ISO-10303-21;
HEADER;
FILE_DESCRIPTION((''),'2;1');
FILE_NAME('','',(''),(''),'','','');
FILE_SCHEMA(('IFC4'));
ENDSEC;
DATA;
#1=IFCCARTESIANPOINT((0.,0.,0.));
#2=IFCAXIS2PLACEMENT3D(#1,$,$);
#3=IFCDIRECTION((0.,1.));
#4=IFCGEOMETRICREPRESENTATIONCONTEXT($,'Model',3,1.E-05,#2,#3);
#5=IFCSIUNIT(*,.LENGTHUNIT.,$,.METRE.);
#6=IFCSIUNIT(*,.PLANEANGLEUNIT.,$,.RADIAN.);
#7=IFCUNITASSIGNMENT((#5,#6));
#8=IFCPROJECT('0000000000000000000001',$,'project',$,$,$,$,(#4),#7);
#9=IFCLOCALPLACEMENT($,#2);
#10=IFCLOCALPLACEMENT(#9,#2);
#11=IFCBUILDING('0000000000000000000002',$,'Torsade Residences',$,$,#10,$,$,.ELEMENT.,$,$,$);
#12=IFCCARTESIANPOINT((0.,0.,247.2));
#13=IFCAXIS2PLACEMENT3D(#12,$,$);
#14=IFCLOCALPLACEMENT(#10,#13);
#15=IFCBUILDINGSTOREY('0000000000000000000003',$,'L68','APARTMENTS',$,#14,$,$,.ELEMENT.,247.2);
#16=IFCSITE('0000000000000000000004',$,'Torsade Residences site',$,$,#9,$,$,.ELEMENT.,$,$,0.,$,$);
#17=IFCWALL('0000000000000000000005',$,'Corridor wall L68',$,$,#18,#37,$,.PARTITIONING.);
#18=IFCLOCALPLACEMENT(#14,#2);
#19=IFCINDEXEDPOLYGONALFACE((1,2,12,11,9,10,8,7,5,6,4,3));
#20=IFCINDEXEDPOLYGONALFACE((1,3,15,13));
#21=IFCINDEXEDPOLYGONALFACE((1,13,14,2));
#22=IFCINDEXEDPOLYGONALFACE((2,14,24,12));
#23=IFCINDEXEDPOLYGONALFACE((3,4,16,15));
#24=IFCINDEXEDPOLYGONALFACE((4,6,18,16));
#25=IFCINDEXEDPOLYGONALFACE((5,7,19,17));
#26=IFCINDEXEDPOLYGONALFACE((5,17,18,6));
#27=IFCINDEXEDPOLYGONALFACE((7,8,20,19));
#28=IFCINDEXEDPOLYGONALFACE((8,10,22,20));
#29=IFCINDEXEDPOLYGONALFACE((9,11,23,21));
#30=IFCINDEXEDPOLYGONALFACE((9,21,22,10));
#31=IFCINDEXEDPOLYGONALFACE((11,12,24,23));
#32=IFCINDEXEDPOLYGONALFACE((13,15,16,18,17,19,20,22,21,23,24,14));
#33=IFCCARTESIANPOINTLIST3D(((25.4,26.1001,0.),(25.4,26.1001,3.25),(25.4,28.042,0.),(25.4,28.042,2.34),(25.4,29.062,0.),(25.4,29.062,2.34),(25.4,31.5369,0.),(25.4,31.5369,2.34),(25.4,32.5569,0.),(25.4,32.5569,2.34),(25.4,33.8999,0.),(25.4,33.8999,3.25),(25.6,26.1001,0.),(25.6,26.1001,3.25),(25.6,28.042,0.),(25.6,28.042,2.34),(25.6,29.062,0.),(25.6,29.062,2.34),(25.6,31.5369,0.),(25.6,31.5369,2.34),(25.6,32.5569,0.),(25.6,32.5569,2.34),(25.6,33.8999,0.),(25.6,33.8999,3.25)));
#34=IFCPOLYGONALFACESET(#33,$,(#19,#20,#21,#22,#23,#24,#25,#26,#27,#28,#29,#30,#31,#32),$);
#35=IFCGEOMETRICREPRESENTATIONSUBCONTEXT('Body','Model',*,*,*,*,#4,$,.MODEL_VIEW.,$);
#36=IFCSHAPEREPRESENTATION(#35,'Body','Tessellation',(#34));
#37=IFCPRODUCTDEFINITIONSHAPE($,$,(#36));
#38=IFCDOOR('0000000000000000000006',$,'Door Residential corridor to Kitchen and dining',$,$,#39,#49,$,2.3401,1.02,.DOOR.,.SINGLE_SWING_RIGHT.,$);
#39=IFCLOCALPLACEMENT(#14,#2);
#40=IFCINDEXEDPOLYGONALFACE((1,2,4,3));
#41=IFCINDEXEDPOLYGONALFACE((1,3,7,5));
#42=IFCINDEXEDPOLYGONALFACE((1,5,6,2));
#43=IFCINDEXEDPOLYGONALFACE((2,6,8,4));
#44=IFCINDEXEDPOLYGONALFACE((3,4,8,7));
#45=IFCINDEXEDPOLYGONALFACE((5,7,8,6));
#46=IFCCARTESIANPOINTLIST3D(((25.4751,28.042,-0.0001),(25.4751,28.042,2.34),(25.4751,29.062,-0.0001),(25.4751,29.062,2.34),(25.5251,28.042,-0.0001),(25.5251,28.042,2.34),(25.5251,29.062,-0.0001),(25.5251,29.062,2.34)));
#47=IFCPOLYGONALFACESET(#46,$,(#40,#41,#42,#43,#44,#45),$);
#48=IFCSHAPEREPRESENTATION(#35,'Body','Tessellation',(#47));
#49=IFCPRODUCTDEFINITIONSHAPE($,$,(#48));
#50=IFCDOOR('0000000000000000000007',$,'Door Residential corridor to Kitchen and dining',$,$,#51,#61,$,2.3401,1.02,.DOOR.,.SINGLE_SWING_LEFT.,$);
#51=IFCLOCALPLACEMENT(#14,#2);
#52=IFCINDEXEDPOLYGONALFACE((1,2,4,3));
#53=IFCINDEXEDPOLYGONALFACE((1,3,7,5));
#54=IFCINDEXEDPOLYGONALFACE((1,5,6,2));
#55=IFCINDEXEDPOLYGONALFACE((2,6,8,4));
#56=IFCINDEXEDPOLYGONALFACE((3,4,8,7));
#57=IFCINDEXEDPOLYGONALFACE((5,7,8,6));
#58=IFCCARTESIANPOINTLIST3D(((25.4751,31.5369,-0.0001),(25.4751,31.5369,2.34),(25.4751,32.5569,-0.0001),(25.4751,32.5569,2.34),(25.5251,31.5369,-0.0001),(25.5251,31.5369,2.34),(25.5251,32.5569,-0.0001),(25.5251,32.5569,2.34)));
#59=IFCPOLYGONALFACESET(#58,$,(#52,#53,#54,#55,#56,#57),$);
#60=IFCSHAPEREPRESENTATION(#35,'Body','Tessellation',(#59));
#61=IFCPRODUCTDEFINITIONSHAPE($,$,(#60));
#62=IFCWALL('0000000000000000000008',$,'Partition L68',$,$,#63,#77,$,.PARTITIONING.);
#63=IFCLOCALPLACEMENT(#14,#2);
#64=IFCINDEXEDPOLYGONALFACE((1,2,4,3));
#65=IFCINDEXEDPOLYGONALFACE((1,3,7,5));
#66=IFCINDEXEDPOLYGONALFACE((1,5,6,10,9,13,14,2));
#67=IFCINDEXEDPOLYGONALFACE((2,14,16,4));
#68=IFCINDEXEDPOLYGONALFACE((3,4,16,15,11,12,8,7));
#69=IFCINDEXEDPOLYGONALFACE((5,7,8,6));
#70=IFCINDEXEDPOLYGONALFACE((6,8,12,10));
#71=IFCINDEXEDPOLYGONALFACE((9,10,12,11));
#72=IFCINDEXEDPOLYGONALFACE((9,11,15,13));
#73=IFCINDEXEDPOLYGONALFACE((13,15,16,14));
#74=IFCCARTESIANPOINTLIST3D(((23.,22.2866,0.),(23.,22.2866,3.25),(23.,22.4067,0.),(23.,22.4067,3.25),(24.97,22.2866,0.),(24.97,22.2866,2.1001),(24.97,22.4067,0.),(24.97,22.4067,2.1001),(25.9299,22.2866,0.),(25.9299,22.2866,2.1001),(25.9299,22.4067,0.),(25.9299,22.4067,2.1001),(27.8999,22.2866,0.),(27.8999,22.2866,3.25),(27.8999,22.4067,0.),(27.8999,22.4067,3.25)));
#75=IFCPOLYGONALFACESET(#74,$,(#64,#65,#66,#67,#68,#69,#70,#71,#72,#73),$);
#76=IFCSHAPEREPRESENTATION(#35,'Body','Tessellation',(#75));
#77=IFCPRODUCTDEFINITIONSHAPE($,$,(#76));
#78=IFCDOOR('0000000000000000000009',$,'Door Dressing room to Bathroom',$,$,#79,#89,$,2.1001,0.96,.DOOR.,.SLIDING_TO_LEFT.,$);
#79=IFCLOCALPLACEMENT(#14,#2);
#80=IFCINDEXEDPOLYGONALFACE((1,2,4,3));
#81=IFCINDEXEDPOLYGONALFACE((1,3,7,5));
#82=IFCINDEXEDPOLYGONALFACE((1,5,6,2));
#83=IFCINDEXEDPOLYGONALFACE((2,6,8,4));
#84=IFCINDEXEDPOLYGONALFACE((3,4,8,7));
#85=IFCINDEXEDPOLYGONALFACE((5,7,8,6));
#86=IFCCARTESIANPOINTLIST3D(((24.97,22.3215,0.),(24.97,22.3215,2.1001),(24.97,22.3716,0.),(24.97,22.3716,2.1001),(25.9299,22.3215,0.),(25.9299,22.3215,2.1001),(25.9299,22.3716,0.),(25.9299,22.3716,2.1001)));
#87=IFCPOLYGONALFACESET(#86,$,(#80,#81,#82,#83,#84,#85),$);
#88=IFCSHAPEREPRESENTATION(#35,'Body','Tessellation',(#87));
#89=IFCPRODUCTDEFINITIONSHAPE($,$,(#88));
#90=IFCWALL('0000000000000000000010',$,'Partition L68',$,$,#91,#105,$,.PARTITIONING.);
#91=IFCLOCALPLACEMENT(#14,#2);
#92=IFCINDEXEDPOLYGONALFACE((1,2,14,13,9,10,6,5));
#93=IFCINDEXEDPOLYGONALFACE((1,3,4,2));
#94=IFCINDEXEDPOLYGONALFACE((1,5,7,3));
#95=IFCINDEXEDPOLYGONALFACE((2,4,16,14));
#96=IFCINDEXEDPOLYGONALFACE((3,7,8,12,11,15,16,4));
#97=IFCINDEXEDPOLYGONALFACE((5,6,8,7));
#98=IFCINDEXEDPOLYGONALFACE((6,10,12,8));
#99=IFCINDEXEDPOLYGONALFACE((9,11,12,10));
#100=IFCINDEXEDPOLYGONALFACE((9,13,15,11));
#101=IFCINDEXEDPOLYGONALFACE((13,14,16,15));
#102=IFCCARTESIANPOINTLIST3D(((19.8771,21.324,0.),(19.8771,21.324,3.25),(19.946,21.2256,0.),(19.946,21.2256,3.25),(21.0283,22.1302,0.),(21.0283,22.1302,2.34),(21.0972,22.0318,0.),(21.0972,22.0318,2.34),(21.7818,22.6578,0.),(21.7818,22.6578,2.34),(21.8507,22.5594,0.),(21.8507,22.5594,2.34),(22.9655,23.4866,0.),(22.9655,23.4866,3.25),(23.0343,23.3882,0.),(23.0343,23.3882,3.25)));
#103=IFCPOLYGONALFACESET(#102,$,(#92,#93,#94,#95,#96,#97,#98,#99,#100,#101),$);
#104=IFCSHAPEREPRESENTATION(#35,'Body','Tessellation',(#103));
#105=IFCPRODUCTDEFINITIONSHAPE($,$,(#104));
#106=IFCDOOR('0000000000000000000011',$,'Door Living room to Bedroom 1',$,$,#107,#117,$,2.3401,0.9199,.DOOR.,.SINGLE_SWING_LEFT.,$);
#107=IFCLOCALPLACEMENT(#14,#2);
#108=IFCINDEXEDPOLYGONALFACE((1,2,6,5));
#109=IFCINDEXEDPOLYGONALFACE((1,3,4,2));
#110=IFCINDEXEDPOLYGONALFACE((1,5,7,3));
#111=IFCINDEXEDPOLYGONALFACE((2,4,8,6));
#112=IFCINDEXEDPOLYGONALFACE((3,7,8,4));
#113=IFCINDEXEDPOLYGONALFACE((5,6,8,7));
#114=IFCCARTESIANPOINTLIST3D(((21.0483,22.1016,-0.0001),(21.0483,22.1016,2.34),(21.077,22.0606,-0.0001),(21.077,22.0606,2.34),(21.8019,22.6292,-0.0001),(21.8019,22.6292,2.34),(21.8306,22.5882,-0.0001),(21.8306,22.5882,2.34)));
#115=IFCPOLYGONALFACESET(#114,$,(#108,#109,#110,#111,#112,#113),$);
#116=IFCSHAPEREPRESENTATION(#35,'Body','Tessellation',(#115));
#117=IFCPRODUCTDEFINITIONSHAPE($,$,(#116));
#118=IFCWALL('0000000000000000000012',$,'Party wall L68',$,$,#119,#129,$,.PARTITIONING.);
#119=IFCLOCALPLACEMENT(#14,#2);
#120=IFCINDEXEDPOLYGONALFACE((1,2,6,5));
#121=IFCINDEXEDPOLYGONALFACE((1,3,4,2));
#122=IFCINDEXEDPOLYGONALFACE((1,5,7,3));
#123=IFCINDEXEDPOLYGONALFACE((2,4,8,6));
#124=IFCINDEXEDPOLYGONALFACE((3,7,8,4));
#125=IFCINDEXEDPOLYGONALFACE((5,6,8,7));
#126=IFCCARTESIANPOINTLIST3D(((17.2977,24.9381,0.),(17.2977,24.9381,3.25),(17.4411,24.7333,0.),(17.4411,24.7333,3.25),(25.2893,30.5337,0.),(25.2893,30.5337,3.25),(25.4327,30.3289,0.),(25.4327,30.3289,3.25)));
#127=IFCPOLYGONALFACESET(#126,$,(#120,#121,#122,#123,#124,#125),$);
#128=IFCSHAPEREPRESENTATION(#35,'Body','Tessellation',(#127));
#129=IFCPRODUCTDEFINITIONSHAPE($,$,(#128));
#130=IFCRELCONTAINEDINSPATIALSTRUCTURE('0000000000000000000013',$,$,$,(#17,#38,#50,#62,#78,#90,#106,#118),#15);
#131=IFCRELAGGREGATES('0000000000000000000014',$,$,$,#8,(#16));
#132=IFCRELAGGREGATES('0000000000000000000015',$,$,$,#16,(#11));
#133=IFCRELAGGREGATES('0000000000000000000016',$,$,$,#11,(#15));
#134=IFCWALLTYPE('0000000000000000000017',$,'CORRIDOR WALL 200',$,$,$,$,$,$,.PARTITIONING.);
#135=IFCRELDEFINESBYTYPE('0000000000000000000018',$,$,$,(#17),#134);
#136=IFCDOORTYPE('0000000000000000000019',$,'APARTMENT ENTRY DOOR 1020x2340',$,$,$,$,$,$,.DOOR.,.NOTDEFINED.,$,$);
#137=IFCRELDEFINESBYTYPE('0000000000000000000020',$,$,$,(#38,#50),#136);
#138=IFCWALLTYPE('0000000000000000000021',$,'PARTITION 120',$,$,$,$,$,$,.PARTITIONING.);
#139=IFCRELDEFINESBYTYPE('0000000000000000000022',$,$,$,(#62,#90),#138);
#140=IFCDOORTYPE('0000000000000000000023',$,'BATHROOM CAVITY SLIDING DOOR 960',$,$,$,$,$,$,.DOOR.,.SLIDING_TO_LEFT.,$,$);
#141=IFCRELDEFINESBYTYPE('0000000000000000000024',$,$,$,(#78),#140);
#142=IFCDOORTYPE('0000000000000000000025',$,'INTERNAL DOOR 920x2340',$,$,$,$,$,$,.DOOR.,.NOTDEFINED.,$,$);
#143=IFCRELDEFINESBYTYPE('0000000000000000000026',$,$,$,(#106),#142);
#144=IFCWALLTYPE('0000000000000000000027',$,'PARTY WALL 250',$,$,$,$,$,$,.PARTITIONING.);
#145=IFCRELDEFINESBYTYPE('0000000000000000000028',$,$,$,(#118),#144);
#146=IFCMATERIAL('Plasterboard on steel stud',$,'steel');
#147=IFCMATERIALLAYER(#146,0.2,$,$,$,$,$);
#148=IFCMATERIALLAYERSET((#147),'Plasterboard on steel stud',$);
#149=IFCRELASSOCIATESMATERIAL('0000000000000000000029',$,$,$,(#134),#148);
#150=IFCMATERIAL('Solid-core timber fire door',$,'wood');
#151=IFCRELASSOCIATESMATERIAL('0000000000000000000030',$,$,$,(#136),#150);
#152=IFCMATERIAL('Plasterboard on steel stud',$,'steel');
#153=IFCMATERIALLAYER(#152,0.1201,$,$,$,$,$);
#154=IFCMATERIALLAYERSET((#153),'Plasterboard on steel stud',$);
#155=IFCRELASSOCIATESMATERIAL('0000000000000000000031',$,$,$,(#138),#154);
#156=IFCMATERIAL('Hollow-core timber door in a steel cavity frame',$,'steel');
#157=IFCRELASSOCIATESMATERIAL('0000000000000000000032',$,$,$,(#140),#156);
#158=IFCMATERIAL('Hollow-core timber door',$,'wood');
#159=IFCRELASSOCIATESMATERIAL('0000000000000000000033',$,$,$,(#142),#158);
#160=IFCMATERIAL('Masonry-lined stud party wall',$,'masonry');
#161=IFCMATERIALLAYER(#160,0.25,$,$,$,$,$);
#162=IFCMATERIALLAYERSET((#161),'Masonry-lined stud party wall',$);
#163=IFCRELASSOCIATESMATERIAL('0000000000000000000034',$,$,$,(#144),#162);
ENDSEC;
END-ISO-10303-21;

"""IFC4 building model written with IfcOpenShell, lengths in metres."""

from ifc_helpers import new_model, si_unit, direction, frame, frame_2d, origin, place, context, subcontext, project, spatial, rectangle, extrude, material, layer, layer_set, type_object, element, fill, save


model = new_model("IFC4")

# Units and contexts
model_context = context("Model", 3, precision=1e-05, world=origin(), true_north=direction((0.0, 1.0)))
body_context = subcontext(model_context, "Body", "Model", "MODEL_VIEW")
ifc_project = project(units=[si_unit("LENGTHUNIT", "METRE"), si_unit("PLANEANGLEUNIT", "RADIAN")], contexts=[model_context])

# Site, building, storey
site_placement = place(None, origin())
site = spatial("IfcSite", under=ifc_project, at=site_placement, Name="Torsade Residences site", CompositionType="ELEMENT", RefElevation=0.0)
building_placement = place(site_placement, origin())
building = spatial("IfcBuilding", under=site, at=building_placement, Name="Torsade Residences", CompositionType="ELEMENT")
storey_placement = place(building_placement, frame((0.0, 0.0, 247.2)))
storey = spatial("IfcBuildingStorey", under=building, at=storey_placement, Name="L68", Description="APARTMENTS", CompositionType="ELEMENT", Elevation=247.2)

# Wall, openings, doors
ifc_material_1 = material(Name="Plasterboard on steel stud", Category="steel")
ifc_layer_1 = layer(ifc_material_1, 0.2)
ifc_layer_set_1 = layer_set([ifc_layer_1], Name="Plasterboard on steel stud")
wall_type_1 = type_object("IfcWallType", Name="CORRIDOR WALL 200", PredefinedType="PARTITIONING", material=ifc_layer_set_1)
wall_1_placement = place(storey_placement, frame((25.5, 26.1001, 0.0), z_axis=(0.0, 0.0, 1.0), x_axis=(0.0, 1.0, 0.0)))
wall_1 = element("IfcWall", 1, at=wall_1_placement, inside=storey, type_object=wall_type_1, Name="Corridor wall L68", PredefinedType="PARTITIONING", context=body_context, shape_type="SweptSolid", body=[
    extrude(rectangle(XDim=7.7998, YDim=0.2, at=frame_2d((3.8999, 0.0))), origin(), (0.0, 0.0, 1.0), 3.25),
])
opening_1_placement = place(wall_1_placement, frame((1.9419, 0.0, 0.0)))
opening_1 = element("IfcOpeningElement", 2, at=opening_1_placement, cuts=wall_1, PredefinedType="OPENING", context=body_context, shape_type="SweptSolid", body=[
    extrude(rectangle(XDim=1.02, YDim=2.3401, at=frame_2d((0.51, 1.1699))), frame((0.0, 0.1099, 0.0), z_axis=(0.0, -1.0, 0.0), x_axis=(1.0, 0.0, 0.0)), (0.0, 0.0, 1.0), 0.22),
])
opening_2_placement = place(wall_1_placement, frame((5.4368, 0.0, 0.0)))
opening_2 = element("IfcOpeningElement", 3, at=opening_2_placement, cuts=wall_1, PredefinedType="OPENING", context=body_context, shape_type="SweptSolid", body=[
    extrude(rectangle(XDim=1.02, YDim=2.3401, at=frame_2d((0.51, 1.1699))), frame((0.0, 0.1099, 0.0), z_axis=(0.0, -1.0, 0.0), x_axis=(1.0, 0.0, 0.0)), (0.0, 0.0, 1.0), 0.22),
])
ifc_material_2 = material(Name="Solid-core timber fire door", Category="wood")
door_type_1 = type_object("IfcDoorType", Name="APARTMENT ENTRY DOOR 1020x2340", OperationType="NOTDEFINED", PredefinedType="DOOR", material=ifc_material_2)
door_1_placement = place(opening_1_placement, origin())
door_1 = element("IfcDoor", 4, at=door_1_placement, inside=storey, type_object=door_type_1, Name="Door Residential corridor to Kitchen and dining", OperationType="SINGLE_SWING_RIGHT", OverallHeight=2.3401, OverallWidth=1.02, PredefinedType="DOOR", context=body_context, shape_type="SweptSolid", body=[
    extrude(rectangle(XDim=1.02, YDim=2.3401, at=frame_2d((0.51, 1.1699))), frame((0.0, 0.0249, 0.0), z_axis=(0.0, -1.0, 0.0), x_axis=(1.0, 0.0, 0.0)), (0.0, 0.0, 1.0), 0.05),
])
fill(opening_1, door_1)
door_2_placement = place(opening_2_placement, origin())
door_2 = element("IfcDoor", 5, at=door_2_placement, inside=storey, type_object=door_type_1, Name="Door Residential corridor to Kitchen and dining", OperationType="SINGLE_SWING_LEFT", OverallHeight=2.3401, OverallWidth=1.02, PredefinedType="DOOR", context=body_context, shape_type="SweptSolid", body=[
    extrude(rectangle(XDim=1.02, YDim=2.3401, at=frame_2d((0.51, 1.1699))), frame((0.0, 0.0249, 0.0), z_axis=(0.0, -1.0, 0.0), x_axis=(1.0, 0.0, 0.0)), (0.0, 0.0, 1.0), 0.05),
])
fill(opening_2, door_2)

# Walls, openings, doors
ifc_material_3 = material(Name="Plasterboard on steel stud", Category="steel")
ifc_layer_2 = layer(ifc_material_3, 0.1201)
ifc_layer_set_2 = layer_set([ifc_layer_2], Name="Plasterboard on steel stud")
wall_type_2 = type_object("IfcWallType", Name="PARTITION 120", PredefinedType="PARTITIONING", material=ifc_layer_set_2)
wall_2_placement = place(storey_placement, frame((23.0, 22.3467, 0.0), z_axis=(0.0, 0.0, 1.0), x_axis=(1.0, 0.0, 0.0)))
wall_2 = element("IfcWall", 6, at=wall_2_placement, inside=storey, type_object=wall_type_2, Name="Partition L68", PredefinedType="PARTITIONING", context=body_context, shape_type="SweptSolid", body=[
    extrude(rectangle(XDim=4.8999, YDim=0.1201, at=frame_2d((2.45, 0.0))), origin(), (0.0, 0.0, 1.0), 3.25),
])
opening_3_placement = place(wall_2_placement, frame((1.97, 0.0, 0.0)))
opening_3 = element("IfcOpeningElement", 7, at=opening_3_placement, cuts=wall_2, PredefinedType="OPENING", context=body_context, shape_type="SweptSolid", body=[
    extrude(rectangle(XDim=0.96, YDim=2.1001, at=frame_2d((0.48, 1.05))), frame((0.0, 0.0701, 0.0), z_axis=(0.0, -1.0, 0.0), x_axis=(1.0, 0.0, 0.0)), (0.0, 0.0, 1.0), 0.1401),
])
ifc_material_4 = material(Name="Hollow-core timber door in a steel cavity frame", Category="steel")
door_type_2 = type_object("IfcDoorType", Name="BATHROOM CAVITY SLIDING DOOR 960", OperationType="SLIDING_TO_LEFT", PredefinedType="DOOR", material=ifc_material_4)
door_3_placement = place(opening_3_placement, origin())
door_3 = element("IfcDoor", 8, at=door_3_placement, inside=storey, type_object=door_type_2, Name="Door Dressing room to Bathroom", OperationType="SLIDING_TO_LEFT", OverallHeight=2.1001, OverallWidth=0.96, PredefinedType="DOOR", context=body_context, shape_type="SweptSolid", body=[
    extrude(rectangle(XDim=0.96, YDim=2.1001, at=frame_2d((0.48, 1.05))), frame((0.0, 0.0249, 0.0), z_axis=(0.0, -1.0, 0.0), x_axis=(1.0, 0.0, 0.0)), (0.0, 0.0, 1.0), 0.05),
])
fill(opening_3, door_3)
wall_3_placement = place(storey_placement, frame((23.0, 23.4375, 0.0), z_axis=(0.0, 0.0, 1.0), x_axis=(-0.819141, -0.573593, 0.0)))
wall_3 = element("IfcWall", 9, at=wall_3_placement, inside=storey, type_object=wall_type_2, Name="Partition L68", PredefinedType="PARTITIONING", context=body_context, shape_type="SweptSolid", body=[
    extrude(rectangle(XDim=3.7703, YDim=0.1201, at=frame_2d((1.8853, 0.0))), origin(), (0.0, 0.0, 1.0), 3.25),
])
opening_4_placement = place(wall_3_placement, frame((1.4451, 0.0, 0.0)))
opening_4 = element("IfcOpeningElement", 10, at=opening_4_placement, cuts=wall_3, PredefinedType="OPENING", context=body_context, shape_type="SweptSolid", body=[
    extrude(rectangle(XDim=0.9199, YDim=2.3401, at=frame_2d((0.46, 1.1699))), frame((0.0, 0.0701, 0.0), z_axis=(0.0, -1.0, 0.0), x_axis=(1.0, 0.0, 0.0)), (0.0, 0.0, 1.0), 0.1401),
])
ifc_material_5 = material(Name="Hollow-core timber door", Category="wood")
door_type_3 = type_object("IfcDoorType", Name="INTERNAL DOOR 920x2340", OperationType="NOTDEFINED", PredefinedType="DOOR", material=ifc_material_5)
door_4_placement = place(opening_4_placement, origin())
door_4 = element("IfcDoor", 11, at=door_4_placement, inside=storey, type_object=door_type_3, Name="Door Living room to Bedroom 1", OperationType="SINGLE_SWING_LEFT", OverallHeight=2.3401, OverallWidth=0.9199, PredefinedType="DOOR", context=body_context, shape_type="SweptSolid", body=[
    extrude(rectangle(XDim=0.9199, YDim=2.3401, at=frame_2d((0.46, 1.1699))), frame((0.0, 0.0249, 0.0), z_axis=(0.0, -1.0, 0.0), x_axis=(1.0, 0.0, 0.0)), (0.0, 0.0, 1.0), 0.05),
])
fill(opening_4, door_4)

# Wall
ifc_material_6 = material(Name="Masonry-lined stud party wall", Category="masonry")
ifc_layer_3 = layer(ifc_material_6, 0.25)
ifc_layer_set_3 = layer_set([ifc_layer_3], Name="Masonry-lined stud party wall")
wall_type_3 = type_object("IfcWallType", Name="PARTY WALL 250", PredefinedType="PARTITIONING", material=ifc_layer_set_3)
wall_4_placement = place(storey_placement, frame((17.3694, 24.8357, 0.0), z_axis=(0.0, 0.0, 1.0), x_axis=(0.819159, 0.573566, 0.0)))
element("IfcWall", 12, at=wall_4_placement, inside=storey, type_object=wall_type_3, Name="Party wall L68", PredefinedType="PARTITIONING", context=body_context, shape_type="SweptSolid", body=[
    extrude(rectangle(XDim=9.7559, YDim=0.25, at=frame_2d((4.8779, 0.0))), origin(), (0.0, 0.0, 1.0), 3.25),
])

save(model, "model.ifc")
